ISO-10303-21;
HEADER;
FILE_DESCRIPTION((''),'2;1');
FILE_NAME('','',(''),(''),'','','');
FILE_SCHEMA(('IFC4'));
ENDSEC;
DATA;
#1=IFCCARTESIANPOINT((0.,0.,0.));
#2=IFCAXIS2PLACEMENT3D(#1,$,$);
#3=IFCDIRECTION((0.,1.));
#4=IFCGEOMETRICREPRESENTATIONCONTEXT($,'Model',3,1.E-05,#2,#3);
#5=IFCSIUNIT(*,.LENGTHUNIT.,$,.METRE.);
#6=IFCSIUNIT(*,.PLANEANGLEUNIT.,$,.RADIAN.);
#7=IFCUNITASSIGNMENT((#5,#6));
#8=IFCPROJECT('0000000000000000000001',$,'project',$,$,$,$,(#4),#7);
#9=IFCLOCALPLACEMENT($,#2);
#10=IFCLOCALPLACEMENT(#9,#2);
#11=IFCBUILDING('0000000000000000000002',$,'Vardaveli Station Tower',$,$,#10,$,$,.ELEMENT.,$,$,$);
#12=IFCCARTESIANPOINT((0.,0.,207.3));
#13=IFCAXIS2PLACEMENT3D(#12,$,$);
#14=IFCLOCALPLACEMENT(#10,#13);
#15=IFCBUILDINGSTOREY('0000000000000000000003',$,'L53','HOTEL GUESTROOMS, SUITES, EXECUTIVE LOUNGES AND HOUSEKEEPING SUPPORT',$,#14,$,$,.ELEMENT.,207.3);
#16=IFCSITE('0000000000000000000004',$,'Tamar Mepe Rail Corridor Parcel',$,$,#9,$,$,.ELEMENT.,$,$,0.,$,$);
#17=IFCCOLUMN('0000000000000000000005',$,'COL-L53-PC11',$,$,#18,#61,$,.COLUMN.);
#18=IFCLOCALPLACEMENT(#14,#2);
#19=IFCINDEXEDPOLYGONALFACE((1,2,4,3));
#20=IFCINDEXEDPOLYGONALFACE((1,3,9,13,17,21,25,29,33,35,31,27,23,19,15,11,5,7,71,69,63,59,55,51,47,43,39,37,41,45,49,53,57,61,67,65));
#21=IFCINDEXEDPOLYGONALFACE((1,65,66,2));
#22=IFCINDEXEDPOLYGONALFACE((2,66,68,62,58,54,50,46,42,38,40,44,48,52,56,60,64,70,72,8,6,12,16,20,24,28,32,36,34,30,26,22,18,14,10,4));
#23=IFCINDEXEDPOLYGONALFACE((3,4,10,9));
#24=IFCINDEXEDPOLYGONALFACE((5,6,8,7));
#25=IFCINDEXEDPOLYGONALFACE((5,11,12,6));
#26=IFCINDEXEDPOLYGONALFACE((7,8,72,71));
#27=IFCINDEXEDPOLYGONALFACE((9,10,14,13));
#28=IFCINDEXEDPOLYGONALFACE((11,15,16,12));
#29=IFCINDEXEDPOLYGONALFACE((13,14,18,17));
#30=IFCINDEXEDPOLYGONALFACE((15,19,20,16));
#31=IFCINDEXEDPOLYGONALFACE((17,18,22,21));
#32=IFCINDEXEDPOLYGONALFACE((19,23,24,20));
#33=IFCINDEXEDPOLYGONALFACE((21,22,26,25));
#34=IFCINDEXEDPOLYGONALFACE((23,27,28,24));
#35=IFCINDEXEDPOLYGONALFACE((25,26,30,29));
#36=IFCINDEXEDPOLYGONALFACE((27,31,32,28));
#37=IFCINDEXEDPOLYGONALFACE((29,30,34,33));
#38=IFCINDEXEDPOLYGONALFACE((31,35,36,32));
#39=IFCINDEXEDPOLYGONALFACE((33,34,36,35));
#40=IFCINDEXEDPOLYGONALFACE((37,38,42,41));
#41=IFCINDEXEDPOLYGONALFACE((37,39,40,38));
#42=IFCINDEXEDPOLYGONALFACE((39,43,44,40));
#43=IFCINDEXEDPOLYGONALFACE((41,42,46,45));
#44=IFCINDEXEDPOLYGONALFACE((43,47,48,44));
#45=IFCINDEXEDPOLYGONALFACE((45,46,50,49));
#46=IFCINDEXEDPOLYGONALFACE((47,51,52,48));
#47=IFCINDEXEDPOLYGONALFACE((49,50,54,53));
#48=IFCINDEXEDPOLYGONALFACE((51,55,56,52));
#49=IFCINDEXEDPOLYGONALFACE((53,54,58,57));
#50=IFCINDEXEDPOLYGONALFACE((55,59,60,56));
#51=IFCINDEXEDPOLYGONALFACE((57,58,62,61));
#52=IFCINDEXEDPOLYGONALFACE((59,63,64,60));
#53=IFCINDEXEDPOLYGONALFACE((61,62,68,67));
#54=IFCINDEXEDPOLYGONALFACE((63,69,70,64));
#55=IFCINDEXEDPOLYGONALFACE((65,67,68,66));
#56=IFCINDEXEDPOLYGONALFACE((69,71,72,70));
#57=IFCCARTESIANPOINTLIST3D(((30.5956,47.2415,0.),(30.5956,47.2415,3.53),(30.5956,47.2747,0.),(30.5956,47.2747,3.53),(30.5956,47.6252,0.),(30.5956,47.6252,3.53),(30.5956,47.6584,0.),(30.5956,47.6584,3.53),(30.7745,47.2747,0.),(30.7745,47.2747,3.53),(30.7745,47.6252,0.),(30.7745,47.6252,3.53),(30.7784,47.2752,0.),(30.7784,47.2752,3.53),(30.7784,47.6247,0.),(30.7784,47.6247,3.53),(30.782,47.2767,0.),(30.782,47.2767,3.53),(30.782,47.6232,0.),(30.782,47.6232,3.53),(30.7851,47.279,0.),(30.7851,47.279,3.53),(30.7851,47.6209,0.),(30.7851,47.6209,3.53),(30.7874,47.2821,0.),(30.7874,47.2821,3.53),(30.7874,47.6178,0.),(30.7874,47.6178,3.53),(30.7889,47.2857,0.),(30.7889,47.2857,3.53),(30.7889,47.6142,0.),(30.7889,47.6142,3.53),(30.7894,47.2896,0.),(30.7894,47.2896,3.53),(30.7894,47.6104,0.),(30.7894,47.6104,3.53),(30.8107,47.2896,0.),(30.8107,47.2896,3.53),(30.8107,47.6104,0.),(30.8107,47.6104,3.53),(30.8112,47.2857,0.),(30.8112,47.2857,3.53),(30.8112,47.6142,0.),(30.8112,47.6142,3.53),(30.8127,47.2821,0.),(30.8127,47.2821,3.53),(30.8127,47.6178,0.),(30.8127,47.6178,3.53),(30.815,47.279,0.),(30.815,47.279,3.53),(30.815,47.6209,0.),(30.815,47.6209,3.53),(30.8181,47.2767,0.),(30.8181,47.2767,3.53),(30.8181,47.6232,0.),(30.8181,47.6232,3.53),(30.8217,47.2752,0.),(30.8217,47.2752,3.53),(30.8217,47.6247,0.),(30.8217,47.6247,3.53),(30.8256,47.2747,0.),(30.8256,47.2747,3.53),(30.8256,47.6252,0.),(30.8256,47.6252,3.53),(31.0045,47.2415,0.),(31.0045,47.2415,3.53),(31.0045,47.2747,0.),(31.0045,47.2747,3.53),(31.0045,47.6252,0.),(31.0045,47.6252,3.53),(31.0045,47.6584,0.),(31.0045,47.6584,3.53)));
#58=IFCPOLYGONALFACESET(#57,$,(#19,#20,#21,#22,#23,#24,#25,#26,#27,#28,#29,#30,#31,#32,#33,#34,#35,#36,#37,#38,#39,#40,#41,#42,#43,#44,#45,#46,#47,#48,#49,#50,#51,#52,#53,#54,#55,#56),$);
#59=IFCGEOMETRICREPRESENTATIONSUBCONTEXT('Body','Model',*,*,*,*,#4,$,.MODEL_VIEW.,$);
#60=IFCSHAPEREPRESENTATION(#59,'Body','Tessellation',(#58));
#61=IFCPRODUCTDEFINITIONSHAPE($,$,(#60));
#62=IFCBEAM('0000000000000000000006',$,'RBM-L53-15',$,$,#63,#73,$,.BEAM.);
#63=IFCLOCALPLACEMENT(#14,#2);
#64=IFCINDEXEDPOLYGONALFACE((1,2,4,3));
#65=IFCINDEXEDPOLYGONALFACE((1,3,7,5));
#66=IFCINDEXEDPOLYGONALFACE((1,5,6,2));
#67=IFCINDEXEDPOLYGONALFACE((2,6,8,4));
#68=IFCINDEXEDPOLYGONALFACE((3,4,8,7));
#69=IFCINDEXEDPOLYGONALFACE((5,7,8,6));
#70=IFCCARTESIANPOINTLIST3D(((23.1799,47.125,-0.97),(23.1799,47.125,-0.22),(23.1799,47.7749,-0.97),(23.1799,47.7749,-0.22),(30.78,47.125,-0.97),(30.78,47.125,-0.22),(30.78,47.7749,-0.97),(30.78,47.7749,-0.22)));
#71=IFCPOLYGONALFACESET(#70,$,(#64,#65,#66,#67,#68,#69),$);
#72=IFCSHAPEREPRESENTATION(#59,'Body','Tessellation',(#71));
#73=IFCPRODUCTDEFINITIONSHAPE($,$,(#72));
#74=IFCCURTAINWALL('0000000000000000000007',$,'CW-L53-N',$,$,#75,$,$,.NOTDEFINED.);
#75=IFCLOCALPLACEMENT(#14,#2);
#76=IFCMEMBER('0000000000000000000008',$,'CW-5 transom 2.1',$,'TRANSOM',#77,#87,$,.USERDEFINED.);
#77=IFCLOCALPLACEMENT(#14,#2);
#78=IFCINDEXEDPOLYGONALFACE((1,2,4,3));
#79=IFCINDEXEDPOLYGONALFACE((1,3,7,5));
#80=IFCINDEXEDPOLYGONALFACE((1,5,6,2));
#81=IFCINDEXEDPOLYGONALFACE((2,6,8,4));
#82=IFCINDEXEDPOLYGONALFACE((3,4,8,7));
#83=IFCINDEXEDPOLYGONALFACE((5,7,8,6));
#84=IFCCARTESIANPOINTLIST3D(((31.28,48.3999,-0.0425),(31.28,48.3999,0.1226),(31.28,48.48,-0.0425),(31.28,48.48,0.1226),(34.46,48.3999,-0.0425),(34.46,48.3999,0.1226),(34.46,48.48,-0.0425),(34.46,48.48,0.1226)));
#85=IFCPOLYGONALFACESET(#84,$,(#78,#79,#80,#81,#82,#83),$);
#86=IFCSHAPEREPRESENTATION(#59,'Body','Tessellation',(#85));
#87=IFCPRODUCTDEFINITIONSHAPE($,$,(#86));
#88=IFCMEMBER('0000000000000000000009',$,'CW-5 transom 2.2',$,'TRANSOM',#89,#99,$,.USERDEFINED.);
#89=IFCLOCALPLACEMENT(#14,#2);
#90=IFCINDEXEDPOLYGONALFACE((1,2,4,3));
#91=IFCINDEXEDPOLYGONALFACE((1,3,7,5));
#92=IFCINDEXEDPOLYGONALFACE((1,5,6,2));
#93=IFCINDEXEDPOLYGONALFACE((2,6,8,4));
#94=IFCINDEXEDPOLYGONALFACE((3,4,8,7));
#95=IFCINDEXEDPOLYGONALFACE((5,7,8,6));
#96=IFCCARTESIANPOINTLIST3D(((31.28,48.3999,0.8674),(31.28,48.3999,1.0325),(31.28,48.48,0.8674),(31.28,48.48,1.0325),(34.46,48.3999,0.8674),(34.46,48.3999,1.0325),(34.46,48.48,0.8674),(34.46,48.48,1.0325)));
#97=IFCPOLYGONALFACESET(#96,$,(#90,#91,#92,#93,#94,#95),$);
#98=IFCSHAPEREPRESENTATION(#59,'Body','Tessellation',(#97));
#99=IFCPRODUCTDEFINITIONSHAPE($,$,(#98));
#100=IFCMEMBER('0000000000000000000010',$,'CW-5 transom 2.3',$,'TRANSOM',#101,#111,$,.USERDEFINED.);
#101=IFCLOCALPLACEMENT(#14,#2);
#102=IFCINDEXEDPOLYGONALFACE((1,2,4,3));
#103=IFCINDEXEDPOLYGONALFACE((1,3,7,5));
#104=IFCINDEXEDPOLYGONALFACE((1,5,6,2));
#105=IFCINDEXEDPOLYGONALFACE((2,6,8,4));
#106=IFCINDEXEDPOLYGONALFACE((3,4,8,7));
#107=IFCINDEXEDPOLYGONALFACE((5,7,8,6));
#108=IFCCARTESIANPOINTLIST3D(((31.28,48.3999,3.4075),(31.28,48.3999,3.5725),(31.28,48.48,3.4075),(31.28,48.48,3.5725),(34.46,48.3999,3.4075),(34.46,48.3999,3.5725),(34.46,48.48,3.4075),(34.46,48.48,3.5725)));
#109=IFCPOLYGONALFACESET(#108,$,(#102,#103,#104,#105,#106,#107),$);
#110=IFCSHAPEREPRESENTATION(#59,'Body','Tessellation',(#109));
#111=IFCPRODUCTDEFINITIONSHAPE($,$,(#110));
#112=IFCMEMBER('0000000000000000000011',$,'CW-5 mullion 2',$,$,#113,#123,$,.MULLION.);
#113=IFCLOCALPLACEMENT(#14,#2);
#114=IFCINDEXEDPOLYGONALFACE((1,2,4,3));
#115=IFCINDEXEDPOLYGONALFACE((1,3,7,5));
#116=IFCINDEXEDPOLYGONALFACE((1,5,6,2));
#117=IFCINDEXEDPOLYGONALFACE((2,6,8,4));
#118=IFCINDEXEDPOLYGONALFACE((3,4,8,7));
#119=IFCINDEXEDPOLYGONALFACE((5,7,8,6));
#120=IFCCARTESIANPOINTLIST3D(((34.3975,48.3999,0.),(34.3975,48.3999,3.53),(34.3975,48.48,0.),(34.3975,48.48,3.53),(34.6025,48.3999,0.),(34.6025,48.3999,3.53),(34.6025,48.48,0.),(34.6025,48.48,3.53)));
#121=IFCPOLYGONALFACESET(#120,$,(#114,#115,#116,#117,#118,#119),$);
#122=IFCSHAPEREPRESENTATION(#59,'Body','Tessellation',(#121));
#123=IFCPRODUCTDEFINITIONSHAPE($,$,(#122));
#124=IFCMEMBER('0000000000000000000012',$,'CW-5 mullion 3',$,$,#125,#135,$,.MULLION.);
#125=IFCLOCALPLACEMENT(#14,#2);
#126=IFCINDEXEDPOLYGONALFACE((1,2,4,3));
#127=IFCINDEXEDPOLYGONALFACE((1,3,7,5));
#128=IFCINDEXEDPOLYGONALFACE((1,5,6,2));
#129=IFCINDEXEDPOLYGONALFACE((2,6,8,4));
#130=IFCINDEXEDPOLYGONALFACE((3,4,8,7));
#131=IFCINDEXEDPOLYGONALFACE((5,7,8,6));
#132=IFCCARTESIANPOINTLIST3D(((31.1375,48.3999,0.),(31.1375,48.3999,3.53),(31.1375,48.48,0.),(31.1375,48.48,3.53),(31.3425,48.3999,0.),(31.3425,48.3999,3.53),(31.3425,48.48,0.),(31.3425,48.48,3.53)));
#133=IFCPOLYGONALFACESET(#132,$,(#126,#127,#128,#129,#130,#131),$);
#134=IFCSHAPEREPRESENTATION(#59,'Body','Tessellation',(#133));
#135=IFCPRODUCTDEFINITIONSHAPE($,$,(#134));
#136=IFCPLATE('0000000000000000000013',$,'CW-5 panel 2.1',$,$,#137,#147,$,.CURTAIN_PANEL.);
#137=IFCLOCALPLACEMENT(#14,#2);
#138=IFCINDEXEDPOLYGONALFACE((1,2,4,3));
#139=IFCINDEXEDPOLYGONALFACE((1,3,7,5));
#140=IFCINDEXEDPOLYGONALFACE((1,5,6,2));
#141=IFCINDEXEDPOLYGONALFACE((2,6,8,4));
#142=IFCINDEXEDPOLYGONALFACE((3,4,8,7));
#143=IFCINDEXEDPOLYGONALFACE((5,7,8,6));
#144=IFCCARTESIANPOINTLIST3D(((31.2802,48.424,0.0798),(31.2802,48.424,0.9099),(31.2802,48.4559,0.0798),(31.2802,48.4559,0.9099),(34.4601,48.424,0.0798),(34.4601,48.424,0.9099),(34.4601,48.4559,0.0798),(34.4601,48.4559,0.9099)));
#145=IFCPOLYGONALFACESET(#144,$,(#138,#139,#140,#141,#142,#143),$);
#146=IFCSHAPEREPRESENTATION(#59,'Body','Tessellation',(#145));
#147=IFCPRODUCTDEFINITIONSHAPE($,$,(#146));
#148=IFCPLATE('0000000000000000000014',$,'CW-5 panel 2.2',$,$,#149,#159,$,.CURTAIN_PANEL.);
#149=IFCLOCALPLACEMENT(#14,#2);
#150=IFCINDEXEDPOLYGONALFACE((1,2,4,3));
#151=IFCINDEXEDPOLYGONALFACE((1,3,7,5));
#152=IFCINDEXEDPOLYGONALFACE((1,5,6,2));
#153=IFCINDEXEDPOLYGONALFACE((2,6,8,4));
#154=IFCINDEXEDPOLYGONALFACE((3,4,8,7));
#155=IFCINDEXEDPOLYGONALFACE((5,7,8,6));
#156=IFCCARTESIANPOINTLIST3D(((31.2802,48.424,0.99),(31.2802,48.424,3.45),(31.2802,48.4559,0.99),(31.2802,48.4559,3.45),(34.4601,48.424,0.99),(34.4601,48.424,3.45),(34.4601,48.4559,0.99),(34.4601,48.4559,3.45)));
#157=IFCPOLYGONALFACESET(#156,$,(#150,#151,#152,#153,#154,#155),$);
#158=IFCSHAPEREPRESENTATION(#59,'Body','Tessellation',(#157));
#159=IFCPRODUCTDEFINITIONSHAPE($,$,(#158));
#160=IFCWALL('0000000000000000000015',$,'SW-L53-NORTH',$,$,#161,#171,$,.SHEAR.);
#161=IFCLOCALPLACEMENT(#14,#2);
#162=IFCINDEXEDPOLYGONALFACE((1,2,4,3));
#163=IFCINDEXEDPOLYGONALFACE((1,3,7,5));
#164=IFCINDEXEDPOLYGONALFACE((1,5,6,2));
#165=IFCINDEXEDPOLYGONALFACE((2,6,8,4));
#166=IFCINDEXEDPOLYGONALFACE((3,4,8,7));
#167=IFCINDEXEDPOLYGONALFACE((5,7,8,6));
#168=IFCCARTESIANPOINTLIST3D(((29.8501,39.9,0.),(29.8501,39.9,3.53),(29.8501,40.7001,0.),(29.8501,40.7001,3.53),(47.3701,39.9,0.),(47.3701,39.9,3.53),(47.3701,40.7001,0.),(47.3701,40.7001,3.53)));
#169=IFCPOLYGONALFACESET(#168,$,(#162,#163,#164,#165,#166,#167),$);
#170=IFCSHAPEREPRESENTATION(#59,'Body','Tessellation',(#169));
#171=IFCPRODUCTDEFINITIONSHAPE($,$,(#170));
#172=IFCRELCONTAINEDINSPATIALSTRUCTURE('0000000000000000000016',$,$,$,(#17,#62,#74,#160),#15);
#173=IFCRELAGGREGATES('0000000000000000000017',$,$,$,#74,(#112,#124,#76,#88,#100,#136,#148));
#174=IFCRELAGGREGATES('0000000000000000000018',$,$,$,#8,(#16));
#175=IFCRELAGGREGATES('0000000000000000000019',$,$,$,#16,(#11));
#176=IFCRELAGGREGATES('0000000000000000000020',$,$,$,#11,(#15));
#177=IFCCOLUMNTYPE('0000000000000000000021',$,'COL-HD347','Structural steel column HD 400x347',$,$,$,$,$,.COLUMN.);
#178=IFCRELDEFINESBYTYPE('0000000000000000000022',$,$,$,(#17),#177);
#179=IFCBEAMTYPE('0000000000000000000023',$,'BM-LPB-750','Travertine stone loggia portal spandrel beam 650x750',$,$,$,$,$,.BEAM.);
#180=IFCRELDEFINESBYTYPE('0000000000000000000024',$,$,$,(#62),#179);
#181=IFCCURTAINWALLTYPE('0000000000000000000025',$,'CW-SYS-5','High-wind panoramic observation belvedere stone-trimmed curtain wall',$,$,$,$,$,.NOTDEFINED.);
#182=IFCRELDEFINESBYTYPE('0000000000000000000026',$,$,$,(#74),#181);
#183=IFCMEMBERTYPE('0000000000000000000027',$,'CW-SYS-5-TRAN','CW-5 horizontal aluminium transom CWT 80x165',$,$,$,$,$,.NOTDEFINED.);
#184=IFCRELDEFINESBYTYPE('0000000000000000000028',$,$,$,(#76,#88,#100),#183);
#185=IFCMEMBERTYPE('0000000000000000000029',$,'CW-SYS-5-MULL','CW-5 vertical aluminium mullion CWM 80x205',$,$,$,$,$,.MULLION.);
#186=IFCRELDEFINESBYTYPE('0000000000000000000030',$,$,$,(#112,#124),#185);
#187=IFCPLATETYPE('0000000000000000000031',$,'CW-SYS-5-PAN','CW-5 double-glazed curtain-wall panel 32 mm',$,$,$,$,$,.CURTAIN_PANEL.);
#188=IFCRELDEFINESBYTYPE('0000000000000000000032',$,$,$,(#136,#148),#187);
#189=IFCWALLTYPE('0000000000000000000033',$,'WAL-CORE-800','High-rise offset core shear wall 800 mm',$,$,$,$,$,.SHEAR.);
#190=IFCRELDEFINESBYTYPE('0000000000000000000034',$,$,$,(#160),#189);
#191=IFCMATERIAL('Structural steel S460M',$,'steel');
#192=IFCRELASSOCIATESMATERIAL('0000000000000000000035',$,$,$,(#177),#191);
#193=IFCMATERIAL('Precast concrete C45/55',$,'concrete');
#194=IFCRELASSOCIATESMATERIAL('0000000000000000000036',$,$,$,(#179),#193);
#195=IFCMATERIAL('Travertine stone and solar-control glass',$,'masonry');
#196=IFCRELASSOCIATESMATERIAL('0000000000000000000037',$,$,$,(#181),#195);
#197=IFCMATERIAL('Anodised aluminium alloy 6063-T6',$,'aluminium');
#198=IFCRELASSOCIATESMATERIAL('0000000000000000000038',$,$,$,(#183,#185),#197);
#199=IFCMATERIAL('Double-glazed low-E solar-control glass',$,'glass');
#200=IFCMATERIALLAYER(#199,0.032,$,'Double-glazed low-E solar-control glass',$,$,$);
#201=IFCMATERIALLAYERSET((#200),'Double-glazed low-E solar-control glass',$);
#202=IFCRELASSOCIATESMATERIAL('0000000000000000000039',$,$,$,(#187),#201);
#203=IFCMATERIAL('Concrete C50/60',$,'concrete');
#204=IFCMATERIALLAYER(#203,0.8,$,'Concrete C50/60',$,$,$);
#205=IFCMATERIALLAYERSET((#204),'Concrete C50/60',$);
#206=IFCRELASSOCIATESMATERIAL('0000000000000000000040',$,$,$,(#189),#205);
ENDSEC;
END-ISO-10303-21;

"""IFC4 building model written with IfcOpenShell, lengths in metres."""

from ifc_helpers import new_model, si_unit, direction, frame, frame_2d, origin, origin_2d, place, context, subcontext, project, spatial, rectangle, i_section, extrude, source, transform, mapped, material, layer, layer_set, material_profile, profile_set, type_object, element, aggregate, save


model = new_model("IFC4")

# Units and contexts
model_context = context("Model", 3, precision=1e-05, world=origin(), true_north=direction((0.0, 1.0)))
body_context = subcontext(model_context, "Body", "Model", "MODEL_VIEW")
ifc_project = project(units=[si_unit("LENGTHUNIT", "METRE"), si_unit("PLANEANGLEUNIT", "RADIAN")], contexts=[model_context])

# Site, building, storey
site_placement = place(None, origin())
site = spatial("IfcSite", under=ifc_project, at=site_placement, Name="Tamar Mepe Rail Corridor Parcel", CompositionType="ELEMENT", RefElevation=0.0)
building_placement = place(site_placement, origin())
building = spatial("IfcBuilding", under=site, at=building_placement, Name="Vardaveli Station Tower", CompositionType="ELEMENT")
storey_placement = place(building_placement, frame((0.0, 0.0, 207.3)))
storey = spatial("IfcBuildingStorey", under=building, at=storey_placement, Name="L53", Description="HOTEL GUESTROOMS, SUITES, EXECUTIVE LOUNGES AND HOUSEKEEPING SUPPORT", CompositionType="ELEMENT", Elevation=207.3)

# Column
ifc_material_1 = material(Name="Structural steel S460M", Category="steel")
ifc_material_profile_1 = material_profile(ifc_material_1, i_section(OverallWidth=0.4089, OverallDepth=0.417, WebThickness=0.0212, FlangeThickness=0.0332, FilletRadius=0.0149, at=origin_2d()), Name="HD 400x347")
ifc_profile_set_1 = profile_set([ifc_material_profile_1], Name="Structural steel S460M")
column_type = type_object("IfcColumnType", Name="COL-HD347", Description="Structural steel column HD 400x347", PredefinedType="COLUMN", material=ifc_profile_set_1)
shared_shape_1 = source(origin(), body_context, "Body", "SweptSolid", [
    extrude(i_section(OverallWidth=0.4089, OverallDepth=0.417, WebThickness=0.0212, FlangeThickness=0.0332, FilletRadius=0.0149, at=origin_2d()), origin(), (0.0, 0.0, 1.0), 3.53),
])
column_placement = place(storey_placement, frame((30.8, 47.45, 0.0), z_axis=(0.0, 0.0, 1.0), x_axis=(1.0, 0.0, 0.0)))
element("IfcColumn", 1, at=column_placement, inside=storey, type_object=column_type, Name="COL-L53-PC11", PredefinedType="COLUMN", context=body_context, shape_type="MappedRepresentation", body=[
    mapped(shared_shape_1, transform((0.0, 0.0, 0.0), scale=1.0)),
])

# Beam
ifc_material_2 = material(Name="Precast concrete C45/55", Category="concrete")
ifc_material_profile_2 = material_profile(ifc_material_2, rectangle(XDim=0.6499, YDim=0.75, at=origin_2d()), Name="LPB 650x750")
ifc_profile_set_2 = profile_set([ifc_material_profile_2], Name="Precast concrete C45/55")
beam_type = type_object("IfcBeamType", Name="BM-LPB-750", Description="Travertine stone loggia portal spandrel beam 650x750", PredefinedType="BEAM", material=ifc_profile_set_2)
shared_shape_2 = source(origin(), body_context, "Body", "SweptSolid", [
    extrude(rectangle(XDim=0.6499, YDim=0.75, at=origin_2d()), origin(), (0.0, 0.0, 1.0), 7.6001),
])
beam_placement = place(storey_placement, frame((30.78, 47.45, -0.595), z_axis=(-1.0, 0.0, 0.0), x_axis=(0.0, -1.0, 0.0)))
element("IfcBeam", 2, at=beam_placement, inside=storey, type_object=beam_type, Name="RBM-L53-15", PredefinedType="BEAM", context=body_context, shape_type="MappedRepresentation", body=[
    mapped(shared_shape_2, transform((0.0, 0.0, 0.0), scale=1.0)),
])

# Curtain wall, members, plates
ifc_material_3 = material(Name="Travertine stone and solar-control glass", Category="masonry")
curtain_wall_type = type_object("IfcCurtainWallType", Name="CW-SYS-5", Description="High-wind panoramic observation belvedere stone-trimmed curtain wall", PredefinedType="NOTDEFINED", material=ifc_material_3)
curtain_wall_placement = place(storey_placement, origin())
curtain_wall = element("IfcCurtainWall", 3, at=curtain_wall_placement, inside=storey, type_object=curtain_wall_type, Name="CW-L53-N", PredefinedType="NOTDEFINED")
ifc_material_4 = material(Name="Anodised aluminium alloy 6063-T6", Category="aluminium")
ifc_material_profile_3 = material_profile(ifc_material_4, rectangle(XDim=0.0801, YDim=0.165, at=origin_2d()), Name="CWT 80x165")
ifc_profile_set_3 = profile_set([ifc_material_profile_3], Name="Anodised aluminium alloy 6063-T6")
member_type_1 = type_object("IfcMemberType", Name="CW-SYS-5-TRAN", Description="CW-5 horizontal aluminium transom CWT 80x165", PredefinedType="NOTDEFINED", material=ifc_profile_set_3)
shared_shape_3 = source(origin(), body_context, "Body", "SweptSolid", [
    extrude(rectangle(XDim=0.0801, YDim=0.165, at=origin_2d()), origin(), (0.0, 0.0, 1.0), 3.1799),
])
member_1_placement = place(storey_placement, frame((34.46, 48.4399, 0.04), z_axis=(-1.0, 0.0, 0.0), x_axis=(0.0, -1.0, 0.0)))
member_1 = element("IfcMember", 4, at=member_1_placement, type_object=member_type_1, Name="CW-5 transom 2.1", ObjectType="TRANSOM", PredefinedType="USERDEFINED", context=body_context, shape_type="MappedRepresentation", body=[
    mapped(shared_shape_3, transform((0.0, 0.0, 0.0), scale=1.0)),
])
member_2_placement = place(storey_placement, frame((34.46, 48.4399, 0.95), z_axis=(-1.0, 0.0, 0.0), x_axis=(0.0, -1.0, 0.0)))
member_2 = element("IfcMember", 5, at=member_2_placement, type_object=member_type_1, Name="CW-5 transom 2.2", ObjectType="TRANSOM", PredefinedType="USERDEFINED", context=body_context, shape_type="MappedRepresentation", body=[
    mapped(shared_shape_3, transform((0.0, 0.0, 0.0), scale=1.0)),
])
member_3_placement = place(storey_placement, frame((34.46, 48.4399, 3.49), z_axis=(-1.0, 0.0, 0.0), x_axis=(0.0, -1.0, 0.0)))
member_3 = element("IfcMember", 6, at=member_3_placement, type_object=member_type_1, Name="CW-5 transom 2.3", ObjectType="TRANSOM", PredefinedType="USERDEFINED", context=body_context, shape_type="MappedRepresentation", body=[
    mapped(shared_shape_3, transform((0.0, 0.0, 0.0), scale=1.0)),
])
ifc_material_profile_4 = material_profile(ifc_material_4, rectangle(XDim=0.0801, YDim=0.2051, at=origin_2d()), Name="CWM 80x205")
ifc_profile_set_4 = profile_set([ifc_material_profile_4], Name="Anodised aluminium alloy 6063-T6")
member_type_2 = type_object("IfcMemberType", Name="CW-SYS-5-MULL", Description="CW-5 vertical aluminium mullion CWM 80x205", PredefinedType="MULLION", material=ifc_profile_set_4)
shared_shape_4 = source(origin(), body_context, "Body", "SweptSolid", [
    extrude(rectangle(XDim=0.0801, YDim=0.2051, at=origin_2d()), origin(), (0.0, 0.0, 1.0), 3.53),
])
member_4_placement = place(storey_placement, frame((34.5, 48.4399, 0.0), z_axis=(0.0, 0.0, 1.0), x_axis=(0.0, -1.0, 0.0)))
member_4 = element("IfcMember", 7, at=member_4_placement, type_object=member_type_2, Name="CW-5 mullion 2", PredefinedType="MULLION", context=body_context, shape_type="MappedRepresentation", body=[
    mapped(shared_shape_4, transform((0.0, 0.0, 0.0), scale=1.0)),
])
member_5_placement = place(storey_placement, frame((31.24, 48.4399, 0.0), z_axis=(0.0, 0.0, 1.0), x_axis=(0.0, -1.0, 0.0)))
member_5 = element("IfcMember", 8, at=member_5_placement, type_object=member_type_2, Name="CW-5 mullion 3", PredefinedType="MULLION", context=body_context, shape_type="MappedRepresentation", body=[
    mapped(shared_shape_4, transform((0.0, 0.0, 0.0), scale=1.0)),
])
ifc_material_5 = material(Name="Double-glazed low-E solar-control glass", Category="glass")
ifc_layer_1 = layer(ifc_material_5, 0.032, Name="Double-glazed low-E solar-control glass")
ifc_layer_set_1 = layer_set([ifc_layer_1], Name="Double-glazed low-E solar-control glass")
plate_type = type_object("IfcPlateType", Name="CW-SYS-5-PAN", Description="CW-5 double-glazed curtain-wall panel 32 mm", PredefinedType="CURTAIN_PANEL", material=ifc_layer_set_1)
shared_shape_5 = source(origin(), body_context, "Body", "SweptSolid", [
    extrude(rectangle(XDim=3.1799, YDim=0.032, at=origin_2d()), origin(), (0.0, 0.0, 1.0), 0.8301),
])
plate_1_placement = place(storey_placement, frame((32.8701, 48.4399, 0.0798), z_axis=(0.0, 0.0, 1.0), x_axis=(-1.0, 0.0, 0.0)))
plate_1 = element("IfcPlate", 9, at=plate_1_placement, type_object=plate_type, Name="CW-5 panel 2.1", PredefinedType="CURTAIN_PANEL", context=body_context, shape_type="MappedRepresentation", body=[
    mapped(shared_shape_5, transform((0.0, 0.0, 0.0), scale=1.0)),
])
shared_shape_6 = source(origin(), body_context, "Body", "SweptSolid", [
    extrude(rectangle(XDim=3.1799, YDim=0.032, at=origin_2d()), origin(), (0.0, 0.0, 1.0), 2.46),
])
plate_2_placement = place(storey_placement, frame((32.8701, 48.4399, 0.99), z_axis=(0.0, 0.0, 1.0), x_axis=(-1.0, 0.0, 0.0)))
plate_2 = element("IfcPlate", 10, at=plate_2_placement, type_object=plate_type, Name="CW-5 panel 2.2", PredefinedType="CURTAIN_PANEL", context=body_context, shape_type="MappedRepresentation", body=[
    mapped(shared_shape_6, transform((0.0, 0.0, 0.0), scale=1.0)),
])
aggregate(curtain_wall, [member_4, member_5, member_1, member_2, member_3, plate_1, plate_2])

# Wall
ifc_material_6 = material(Name="Concrete C50/60", Category="concrete")
ifc_layer_2 = layer(ifc_material_6, 0.8, Name="Concrete C50/60")
ifc_layer_set_2 = layer_set([ifc_layer_2], Name="Concrete C50/60")
wall_type_1 = type_object("IfcWallType", Name="WAL-CORE-800", Description="High-rise offset core shear wall 800 mm", PredefinedType="SHEAR", material=ifc_layer_set_2)
shared_shape_7 = source(origin(), body_context, "Body", "SweptSolid", [
    extrude(rectangle(XDim=17.52, YDim=0.8, at=frame_2d((8.76, 0.0))), origin(), (0.0, 0.0, 1.0), 3.53),
])
wall_1_placement = place(storey_placement, frame((29.8501, 40.3, 0.0), z_axis=(0.0, 0.0, 1.0), x_axis=(1.0, 0.0, 0.0)))
element("IfcWall", 11, at=wall_1_placement, inside=storey, type_object=wall_type_1, Name="SW-L53-NORTH", PredefinedType="SHEAR", context=body_context, shape_type="MappedRepresentation", body=[
    mapped(shared_shape_7, transform((0.0, 0.0, 0.0), scale=1.0)),
])

save(model, "model.ifc")
